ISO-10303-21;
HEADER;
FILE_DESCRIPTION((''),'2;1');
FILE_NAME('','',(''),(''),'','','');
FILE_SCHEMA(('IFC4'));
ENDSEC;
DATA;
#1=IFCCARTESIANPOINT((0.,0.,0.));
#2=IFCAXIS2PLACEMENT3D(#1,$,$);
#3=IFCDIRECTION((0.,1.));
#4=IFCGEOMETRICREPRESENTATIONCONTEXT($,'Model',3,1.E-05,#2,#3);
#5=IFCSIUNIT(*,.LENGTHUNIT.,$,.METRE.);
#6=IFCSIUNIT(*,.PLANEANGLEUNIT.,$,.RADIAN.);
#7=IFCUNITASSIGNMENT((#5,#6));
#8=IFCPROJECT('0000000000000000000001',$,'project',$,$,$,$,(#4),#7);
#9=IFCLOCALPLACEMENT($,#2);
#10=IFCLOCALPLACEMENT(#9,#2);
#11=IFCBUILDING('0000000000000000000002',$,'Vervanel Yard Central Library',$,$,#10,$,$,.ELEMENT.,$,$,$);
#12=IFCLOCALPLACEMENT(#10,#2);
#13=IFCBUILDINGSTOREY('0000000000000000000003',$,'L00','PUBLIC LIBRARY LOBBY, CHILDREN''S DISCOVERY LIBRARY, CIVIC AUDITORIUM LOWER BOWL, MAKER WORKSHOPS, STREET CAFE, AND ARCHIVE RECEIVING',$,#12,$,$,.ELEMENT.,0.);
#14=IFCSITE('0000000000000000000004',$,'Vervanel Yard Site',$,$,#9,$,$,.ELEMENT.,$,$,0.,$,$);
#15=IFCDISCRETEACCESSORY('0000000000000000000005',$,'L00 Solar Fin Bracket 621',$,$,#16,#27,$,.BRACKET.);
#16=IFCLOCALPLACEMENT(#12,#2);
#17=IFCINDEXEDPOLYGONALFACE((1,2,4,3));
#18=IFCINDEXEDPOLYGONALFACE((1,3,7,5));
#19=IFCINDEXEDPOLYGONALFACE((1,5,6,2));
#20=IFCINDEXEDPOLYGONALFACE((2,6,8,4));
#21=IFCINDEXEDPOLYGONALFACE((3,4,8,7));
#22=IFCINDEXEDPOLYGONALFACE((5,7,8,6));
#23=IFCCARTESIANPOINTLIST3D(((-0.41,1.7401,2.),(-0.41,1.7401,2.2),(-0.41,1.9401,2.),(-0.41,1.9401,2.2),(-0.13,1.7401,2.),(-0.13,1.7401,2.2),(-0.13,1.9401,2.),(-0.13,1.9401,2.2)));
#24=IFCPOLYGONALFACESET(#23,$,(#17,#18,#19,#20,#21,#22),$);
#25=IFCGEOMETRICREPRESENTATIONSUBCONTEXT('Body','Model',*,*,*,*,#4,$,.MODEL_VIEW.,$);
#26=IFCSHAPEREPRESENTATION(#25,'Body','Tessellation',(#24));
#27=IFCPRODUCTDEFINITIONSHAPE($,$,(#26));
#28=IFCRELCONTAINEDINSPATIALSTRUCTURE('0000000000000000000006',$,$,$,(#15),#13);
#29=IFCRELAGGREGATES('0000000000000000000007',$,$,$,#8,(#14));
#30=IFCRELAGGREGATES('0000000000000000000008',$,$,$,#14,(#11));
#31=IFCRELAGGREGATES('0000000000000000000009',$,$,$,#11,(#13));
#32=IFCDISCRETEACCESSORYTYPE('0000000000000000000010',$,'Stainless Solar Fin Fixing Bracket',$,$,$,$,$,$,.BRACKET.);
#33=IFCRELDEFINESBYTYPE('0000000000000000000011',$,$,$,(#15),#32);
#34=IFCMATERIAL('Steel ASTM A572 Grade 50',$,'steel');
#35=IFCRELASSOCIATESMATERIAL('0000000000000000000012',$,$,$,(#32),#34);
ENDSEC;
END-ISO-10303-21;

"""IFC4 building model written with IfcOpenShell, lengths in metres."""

from ifc_helpers import new_model, si_unit, direction, frame, origin, origin_2d, place, context, subcontext, project, spatial, rectangle, extrude, material, type_object, element, save


model = new_model("IFC4")

# Units and contexts
model_context = context("Model", 3, precision=1e-05, world=origin(), true_north=direction((0.0, 1.0)))
body_context = subcontext(model_context, "Body", "Model", "MODEL_VIEW")
ifc_project = project(units=[si_unit("LENGTHUNIT", "METRE"), si_unit("PLANEANGLEUNIT", "RADIAN")], contexts=[model_context])

# Site, building, storey
site_placement = place(None, origin())
site = spatial("IfcSite", under=ifc_project, at=site_placement, Name="Vervanel Yard Site", CompositionType="ELEMENT", RefElevation=0.0)
building_placement = place(site_placement, origin())
building = spatial("IfcBuilding", under=site, at=building_placement, Name="Vervanel Yard Central Library", CompositionType="ELEMENT")
storey_placement = place(building_placement, origin())
storey = spatial("IfcBuildingStorey", under=building, at=storey_placement, Name="L00", Description="PUBLIC LIBRARY LOBBY, CHILDREN'S DISCOVERY LIBRARY, CIVIC AUDITORIUM LOWER BOWL, MAKER WORKSHOPS, STREET CAFE, AND ARCHIVE RECEIVING", CompositionType="ELEMENT", Elevation=0.0)

# Discrete accessory
ifc_material_1 = material(Name="Steel ASTM A572 Grade 50", Category="steel")
discrete_accessory_type = type_object("IfcDiscreteAccessoryType", Name="Stainless Solar Fin Fixing Bracket", PredefinedType="BRACKET", material=ifc_material_1)
discrete_accessory_placement = place(storey_placement, frame((-0.27, 1.8401, 2.0), z_axis=(0.0, 0.0, 1.0), x_axis=(0.0, 1.0, 0.0)))
element("IfcDiscreteAccessory", 1, at=discrete_accessory_placement, inside=storey, type_object=discrete_accessory_type, Name="L00 Solar Fin Bracket 621", PredefinedType="BRACKET", context=body_context, shape_type="SweptSolid", body=[
    extrude(rectangle(XDim=0.2, YDim=0.28, at=origin_2d()), origin(), (0.0, 0.0, 1.0), 0.2),
])

save(model, "model.ifc")
